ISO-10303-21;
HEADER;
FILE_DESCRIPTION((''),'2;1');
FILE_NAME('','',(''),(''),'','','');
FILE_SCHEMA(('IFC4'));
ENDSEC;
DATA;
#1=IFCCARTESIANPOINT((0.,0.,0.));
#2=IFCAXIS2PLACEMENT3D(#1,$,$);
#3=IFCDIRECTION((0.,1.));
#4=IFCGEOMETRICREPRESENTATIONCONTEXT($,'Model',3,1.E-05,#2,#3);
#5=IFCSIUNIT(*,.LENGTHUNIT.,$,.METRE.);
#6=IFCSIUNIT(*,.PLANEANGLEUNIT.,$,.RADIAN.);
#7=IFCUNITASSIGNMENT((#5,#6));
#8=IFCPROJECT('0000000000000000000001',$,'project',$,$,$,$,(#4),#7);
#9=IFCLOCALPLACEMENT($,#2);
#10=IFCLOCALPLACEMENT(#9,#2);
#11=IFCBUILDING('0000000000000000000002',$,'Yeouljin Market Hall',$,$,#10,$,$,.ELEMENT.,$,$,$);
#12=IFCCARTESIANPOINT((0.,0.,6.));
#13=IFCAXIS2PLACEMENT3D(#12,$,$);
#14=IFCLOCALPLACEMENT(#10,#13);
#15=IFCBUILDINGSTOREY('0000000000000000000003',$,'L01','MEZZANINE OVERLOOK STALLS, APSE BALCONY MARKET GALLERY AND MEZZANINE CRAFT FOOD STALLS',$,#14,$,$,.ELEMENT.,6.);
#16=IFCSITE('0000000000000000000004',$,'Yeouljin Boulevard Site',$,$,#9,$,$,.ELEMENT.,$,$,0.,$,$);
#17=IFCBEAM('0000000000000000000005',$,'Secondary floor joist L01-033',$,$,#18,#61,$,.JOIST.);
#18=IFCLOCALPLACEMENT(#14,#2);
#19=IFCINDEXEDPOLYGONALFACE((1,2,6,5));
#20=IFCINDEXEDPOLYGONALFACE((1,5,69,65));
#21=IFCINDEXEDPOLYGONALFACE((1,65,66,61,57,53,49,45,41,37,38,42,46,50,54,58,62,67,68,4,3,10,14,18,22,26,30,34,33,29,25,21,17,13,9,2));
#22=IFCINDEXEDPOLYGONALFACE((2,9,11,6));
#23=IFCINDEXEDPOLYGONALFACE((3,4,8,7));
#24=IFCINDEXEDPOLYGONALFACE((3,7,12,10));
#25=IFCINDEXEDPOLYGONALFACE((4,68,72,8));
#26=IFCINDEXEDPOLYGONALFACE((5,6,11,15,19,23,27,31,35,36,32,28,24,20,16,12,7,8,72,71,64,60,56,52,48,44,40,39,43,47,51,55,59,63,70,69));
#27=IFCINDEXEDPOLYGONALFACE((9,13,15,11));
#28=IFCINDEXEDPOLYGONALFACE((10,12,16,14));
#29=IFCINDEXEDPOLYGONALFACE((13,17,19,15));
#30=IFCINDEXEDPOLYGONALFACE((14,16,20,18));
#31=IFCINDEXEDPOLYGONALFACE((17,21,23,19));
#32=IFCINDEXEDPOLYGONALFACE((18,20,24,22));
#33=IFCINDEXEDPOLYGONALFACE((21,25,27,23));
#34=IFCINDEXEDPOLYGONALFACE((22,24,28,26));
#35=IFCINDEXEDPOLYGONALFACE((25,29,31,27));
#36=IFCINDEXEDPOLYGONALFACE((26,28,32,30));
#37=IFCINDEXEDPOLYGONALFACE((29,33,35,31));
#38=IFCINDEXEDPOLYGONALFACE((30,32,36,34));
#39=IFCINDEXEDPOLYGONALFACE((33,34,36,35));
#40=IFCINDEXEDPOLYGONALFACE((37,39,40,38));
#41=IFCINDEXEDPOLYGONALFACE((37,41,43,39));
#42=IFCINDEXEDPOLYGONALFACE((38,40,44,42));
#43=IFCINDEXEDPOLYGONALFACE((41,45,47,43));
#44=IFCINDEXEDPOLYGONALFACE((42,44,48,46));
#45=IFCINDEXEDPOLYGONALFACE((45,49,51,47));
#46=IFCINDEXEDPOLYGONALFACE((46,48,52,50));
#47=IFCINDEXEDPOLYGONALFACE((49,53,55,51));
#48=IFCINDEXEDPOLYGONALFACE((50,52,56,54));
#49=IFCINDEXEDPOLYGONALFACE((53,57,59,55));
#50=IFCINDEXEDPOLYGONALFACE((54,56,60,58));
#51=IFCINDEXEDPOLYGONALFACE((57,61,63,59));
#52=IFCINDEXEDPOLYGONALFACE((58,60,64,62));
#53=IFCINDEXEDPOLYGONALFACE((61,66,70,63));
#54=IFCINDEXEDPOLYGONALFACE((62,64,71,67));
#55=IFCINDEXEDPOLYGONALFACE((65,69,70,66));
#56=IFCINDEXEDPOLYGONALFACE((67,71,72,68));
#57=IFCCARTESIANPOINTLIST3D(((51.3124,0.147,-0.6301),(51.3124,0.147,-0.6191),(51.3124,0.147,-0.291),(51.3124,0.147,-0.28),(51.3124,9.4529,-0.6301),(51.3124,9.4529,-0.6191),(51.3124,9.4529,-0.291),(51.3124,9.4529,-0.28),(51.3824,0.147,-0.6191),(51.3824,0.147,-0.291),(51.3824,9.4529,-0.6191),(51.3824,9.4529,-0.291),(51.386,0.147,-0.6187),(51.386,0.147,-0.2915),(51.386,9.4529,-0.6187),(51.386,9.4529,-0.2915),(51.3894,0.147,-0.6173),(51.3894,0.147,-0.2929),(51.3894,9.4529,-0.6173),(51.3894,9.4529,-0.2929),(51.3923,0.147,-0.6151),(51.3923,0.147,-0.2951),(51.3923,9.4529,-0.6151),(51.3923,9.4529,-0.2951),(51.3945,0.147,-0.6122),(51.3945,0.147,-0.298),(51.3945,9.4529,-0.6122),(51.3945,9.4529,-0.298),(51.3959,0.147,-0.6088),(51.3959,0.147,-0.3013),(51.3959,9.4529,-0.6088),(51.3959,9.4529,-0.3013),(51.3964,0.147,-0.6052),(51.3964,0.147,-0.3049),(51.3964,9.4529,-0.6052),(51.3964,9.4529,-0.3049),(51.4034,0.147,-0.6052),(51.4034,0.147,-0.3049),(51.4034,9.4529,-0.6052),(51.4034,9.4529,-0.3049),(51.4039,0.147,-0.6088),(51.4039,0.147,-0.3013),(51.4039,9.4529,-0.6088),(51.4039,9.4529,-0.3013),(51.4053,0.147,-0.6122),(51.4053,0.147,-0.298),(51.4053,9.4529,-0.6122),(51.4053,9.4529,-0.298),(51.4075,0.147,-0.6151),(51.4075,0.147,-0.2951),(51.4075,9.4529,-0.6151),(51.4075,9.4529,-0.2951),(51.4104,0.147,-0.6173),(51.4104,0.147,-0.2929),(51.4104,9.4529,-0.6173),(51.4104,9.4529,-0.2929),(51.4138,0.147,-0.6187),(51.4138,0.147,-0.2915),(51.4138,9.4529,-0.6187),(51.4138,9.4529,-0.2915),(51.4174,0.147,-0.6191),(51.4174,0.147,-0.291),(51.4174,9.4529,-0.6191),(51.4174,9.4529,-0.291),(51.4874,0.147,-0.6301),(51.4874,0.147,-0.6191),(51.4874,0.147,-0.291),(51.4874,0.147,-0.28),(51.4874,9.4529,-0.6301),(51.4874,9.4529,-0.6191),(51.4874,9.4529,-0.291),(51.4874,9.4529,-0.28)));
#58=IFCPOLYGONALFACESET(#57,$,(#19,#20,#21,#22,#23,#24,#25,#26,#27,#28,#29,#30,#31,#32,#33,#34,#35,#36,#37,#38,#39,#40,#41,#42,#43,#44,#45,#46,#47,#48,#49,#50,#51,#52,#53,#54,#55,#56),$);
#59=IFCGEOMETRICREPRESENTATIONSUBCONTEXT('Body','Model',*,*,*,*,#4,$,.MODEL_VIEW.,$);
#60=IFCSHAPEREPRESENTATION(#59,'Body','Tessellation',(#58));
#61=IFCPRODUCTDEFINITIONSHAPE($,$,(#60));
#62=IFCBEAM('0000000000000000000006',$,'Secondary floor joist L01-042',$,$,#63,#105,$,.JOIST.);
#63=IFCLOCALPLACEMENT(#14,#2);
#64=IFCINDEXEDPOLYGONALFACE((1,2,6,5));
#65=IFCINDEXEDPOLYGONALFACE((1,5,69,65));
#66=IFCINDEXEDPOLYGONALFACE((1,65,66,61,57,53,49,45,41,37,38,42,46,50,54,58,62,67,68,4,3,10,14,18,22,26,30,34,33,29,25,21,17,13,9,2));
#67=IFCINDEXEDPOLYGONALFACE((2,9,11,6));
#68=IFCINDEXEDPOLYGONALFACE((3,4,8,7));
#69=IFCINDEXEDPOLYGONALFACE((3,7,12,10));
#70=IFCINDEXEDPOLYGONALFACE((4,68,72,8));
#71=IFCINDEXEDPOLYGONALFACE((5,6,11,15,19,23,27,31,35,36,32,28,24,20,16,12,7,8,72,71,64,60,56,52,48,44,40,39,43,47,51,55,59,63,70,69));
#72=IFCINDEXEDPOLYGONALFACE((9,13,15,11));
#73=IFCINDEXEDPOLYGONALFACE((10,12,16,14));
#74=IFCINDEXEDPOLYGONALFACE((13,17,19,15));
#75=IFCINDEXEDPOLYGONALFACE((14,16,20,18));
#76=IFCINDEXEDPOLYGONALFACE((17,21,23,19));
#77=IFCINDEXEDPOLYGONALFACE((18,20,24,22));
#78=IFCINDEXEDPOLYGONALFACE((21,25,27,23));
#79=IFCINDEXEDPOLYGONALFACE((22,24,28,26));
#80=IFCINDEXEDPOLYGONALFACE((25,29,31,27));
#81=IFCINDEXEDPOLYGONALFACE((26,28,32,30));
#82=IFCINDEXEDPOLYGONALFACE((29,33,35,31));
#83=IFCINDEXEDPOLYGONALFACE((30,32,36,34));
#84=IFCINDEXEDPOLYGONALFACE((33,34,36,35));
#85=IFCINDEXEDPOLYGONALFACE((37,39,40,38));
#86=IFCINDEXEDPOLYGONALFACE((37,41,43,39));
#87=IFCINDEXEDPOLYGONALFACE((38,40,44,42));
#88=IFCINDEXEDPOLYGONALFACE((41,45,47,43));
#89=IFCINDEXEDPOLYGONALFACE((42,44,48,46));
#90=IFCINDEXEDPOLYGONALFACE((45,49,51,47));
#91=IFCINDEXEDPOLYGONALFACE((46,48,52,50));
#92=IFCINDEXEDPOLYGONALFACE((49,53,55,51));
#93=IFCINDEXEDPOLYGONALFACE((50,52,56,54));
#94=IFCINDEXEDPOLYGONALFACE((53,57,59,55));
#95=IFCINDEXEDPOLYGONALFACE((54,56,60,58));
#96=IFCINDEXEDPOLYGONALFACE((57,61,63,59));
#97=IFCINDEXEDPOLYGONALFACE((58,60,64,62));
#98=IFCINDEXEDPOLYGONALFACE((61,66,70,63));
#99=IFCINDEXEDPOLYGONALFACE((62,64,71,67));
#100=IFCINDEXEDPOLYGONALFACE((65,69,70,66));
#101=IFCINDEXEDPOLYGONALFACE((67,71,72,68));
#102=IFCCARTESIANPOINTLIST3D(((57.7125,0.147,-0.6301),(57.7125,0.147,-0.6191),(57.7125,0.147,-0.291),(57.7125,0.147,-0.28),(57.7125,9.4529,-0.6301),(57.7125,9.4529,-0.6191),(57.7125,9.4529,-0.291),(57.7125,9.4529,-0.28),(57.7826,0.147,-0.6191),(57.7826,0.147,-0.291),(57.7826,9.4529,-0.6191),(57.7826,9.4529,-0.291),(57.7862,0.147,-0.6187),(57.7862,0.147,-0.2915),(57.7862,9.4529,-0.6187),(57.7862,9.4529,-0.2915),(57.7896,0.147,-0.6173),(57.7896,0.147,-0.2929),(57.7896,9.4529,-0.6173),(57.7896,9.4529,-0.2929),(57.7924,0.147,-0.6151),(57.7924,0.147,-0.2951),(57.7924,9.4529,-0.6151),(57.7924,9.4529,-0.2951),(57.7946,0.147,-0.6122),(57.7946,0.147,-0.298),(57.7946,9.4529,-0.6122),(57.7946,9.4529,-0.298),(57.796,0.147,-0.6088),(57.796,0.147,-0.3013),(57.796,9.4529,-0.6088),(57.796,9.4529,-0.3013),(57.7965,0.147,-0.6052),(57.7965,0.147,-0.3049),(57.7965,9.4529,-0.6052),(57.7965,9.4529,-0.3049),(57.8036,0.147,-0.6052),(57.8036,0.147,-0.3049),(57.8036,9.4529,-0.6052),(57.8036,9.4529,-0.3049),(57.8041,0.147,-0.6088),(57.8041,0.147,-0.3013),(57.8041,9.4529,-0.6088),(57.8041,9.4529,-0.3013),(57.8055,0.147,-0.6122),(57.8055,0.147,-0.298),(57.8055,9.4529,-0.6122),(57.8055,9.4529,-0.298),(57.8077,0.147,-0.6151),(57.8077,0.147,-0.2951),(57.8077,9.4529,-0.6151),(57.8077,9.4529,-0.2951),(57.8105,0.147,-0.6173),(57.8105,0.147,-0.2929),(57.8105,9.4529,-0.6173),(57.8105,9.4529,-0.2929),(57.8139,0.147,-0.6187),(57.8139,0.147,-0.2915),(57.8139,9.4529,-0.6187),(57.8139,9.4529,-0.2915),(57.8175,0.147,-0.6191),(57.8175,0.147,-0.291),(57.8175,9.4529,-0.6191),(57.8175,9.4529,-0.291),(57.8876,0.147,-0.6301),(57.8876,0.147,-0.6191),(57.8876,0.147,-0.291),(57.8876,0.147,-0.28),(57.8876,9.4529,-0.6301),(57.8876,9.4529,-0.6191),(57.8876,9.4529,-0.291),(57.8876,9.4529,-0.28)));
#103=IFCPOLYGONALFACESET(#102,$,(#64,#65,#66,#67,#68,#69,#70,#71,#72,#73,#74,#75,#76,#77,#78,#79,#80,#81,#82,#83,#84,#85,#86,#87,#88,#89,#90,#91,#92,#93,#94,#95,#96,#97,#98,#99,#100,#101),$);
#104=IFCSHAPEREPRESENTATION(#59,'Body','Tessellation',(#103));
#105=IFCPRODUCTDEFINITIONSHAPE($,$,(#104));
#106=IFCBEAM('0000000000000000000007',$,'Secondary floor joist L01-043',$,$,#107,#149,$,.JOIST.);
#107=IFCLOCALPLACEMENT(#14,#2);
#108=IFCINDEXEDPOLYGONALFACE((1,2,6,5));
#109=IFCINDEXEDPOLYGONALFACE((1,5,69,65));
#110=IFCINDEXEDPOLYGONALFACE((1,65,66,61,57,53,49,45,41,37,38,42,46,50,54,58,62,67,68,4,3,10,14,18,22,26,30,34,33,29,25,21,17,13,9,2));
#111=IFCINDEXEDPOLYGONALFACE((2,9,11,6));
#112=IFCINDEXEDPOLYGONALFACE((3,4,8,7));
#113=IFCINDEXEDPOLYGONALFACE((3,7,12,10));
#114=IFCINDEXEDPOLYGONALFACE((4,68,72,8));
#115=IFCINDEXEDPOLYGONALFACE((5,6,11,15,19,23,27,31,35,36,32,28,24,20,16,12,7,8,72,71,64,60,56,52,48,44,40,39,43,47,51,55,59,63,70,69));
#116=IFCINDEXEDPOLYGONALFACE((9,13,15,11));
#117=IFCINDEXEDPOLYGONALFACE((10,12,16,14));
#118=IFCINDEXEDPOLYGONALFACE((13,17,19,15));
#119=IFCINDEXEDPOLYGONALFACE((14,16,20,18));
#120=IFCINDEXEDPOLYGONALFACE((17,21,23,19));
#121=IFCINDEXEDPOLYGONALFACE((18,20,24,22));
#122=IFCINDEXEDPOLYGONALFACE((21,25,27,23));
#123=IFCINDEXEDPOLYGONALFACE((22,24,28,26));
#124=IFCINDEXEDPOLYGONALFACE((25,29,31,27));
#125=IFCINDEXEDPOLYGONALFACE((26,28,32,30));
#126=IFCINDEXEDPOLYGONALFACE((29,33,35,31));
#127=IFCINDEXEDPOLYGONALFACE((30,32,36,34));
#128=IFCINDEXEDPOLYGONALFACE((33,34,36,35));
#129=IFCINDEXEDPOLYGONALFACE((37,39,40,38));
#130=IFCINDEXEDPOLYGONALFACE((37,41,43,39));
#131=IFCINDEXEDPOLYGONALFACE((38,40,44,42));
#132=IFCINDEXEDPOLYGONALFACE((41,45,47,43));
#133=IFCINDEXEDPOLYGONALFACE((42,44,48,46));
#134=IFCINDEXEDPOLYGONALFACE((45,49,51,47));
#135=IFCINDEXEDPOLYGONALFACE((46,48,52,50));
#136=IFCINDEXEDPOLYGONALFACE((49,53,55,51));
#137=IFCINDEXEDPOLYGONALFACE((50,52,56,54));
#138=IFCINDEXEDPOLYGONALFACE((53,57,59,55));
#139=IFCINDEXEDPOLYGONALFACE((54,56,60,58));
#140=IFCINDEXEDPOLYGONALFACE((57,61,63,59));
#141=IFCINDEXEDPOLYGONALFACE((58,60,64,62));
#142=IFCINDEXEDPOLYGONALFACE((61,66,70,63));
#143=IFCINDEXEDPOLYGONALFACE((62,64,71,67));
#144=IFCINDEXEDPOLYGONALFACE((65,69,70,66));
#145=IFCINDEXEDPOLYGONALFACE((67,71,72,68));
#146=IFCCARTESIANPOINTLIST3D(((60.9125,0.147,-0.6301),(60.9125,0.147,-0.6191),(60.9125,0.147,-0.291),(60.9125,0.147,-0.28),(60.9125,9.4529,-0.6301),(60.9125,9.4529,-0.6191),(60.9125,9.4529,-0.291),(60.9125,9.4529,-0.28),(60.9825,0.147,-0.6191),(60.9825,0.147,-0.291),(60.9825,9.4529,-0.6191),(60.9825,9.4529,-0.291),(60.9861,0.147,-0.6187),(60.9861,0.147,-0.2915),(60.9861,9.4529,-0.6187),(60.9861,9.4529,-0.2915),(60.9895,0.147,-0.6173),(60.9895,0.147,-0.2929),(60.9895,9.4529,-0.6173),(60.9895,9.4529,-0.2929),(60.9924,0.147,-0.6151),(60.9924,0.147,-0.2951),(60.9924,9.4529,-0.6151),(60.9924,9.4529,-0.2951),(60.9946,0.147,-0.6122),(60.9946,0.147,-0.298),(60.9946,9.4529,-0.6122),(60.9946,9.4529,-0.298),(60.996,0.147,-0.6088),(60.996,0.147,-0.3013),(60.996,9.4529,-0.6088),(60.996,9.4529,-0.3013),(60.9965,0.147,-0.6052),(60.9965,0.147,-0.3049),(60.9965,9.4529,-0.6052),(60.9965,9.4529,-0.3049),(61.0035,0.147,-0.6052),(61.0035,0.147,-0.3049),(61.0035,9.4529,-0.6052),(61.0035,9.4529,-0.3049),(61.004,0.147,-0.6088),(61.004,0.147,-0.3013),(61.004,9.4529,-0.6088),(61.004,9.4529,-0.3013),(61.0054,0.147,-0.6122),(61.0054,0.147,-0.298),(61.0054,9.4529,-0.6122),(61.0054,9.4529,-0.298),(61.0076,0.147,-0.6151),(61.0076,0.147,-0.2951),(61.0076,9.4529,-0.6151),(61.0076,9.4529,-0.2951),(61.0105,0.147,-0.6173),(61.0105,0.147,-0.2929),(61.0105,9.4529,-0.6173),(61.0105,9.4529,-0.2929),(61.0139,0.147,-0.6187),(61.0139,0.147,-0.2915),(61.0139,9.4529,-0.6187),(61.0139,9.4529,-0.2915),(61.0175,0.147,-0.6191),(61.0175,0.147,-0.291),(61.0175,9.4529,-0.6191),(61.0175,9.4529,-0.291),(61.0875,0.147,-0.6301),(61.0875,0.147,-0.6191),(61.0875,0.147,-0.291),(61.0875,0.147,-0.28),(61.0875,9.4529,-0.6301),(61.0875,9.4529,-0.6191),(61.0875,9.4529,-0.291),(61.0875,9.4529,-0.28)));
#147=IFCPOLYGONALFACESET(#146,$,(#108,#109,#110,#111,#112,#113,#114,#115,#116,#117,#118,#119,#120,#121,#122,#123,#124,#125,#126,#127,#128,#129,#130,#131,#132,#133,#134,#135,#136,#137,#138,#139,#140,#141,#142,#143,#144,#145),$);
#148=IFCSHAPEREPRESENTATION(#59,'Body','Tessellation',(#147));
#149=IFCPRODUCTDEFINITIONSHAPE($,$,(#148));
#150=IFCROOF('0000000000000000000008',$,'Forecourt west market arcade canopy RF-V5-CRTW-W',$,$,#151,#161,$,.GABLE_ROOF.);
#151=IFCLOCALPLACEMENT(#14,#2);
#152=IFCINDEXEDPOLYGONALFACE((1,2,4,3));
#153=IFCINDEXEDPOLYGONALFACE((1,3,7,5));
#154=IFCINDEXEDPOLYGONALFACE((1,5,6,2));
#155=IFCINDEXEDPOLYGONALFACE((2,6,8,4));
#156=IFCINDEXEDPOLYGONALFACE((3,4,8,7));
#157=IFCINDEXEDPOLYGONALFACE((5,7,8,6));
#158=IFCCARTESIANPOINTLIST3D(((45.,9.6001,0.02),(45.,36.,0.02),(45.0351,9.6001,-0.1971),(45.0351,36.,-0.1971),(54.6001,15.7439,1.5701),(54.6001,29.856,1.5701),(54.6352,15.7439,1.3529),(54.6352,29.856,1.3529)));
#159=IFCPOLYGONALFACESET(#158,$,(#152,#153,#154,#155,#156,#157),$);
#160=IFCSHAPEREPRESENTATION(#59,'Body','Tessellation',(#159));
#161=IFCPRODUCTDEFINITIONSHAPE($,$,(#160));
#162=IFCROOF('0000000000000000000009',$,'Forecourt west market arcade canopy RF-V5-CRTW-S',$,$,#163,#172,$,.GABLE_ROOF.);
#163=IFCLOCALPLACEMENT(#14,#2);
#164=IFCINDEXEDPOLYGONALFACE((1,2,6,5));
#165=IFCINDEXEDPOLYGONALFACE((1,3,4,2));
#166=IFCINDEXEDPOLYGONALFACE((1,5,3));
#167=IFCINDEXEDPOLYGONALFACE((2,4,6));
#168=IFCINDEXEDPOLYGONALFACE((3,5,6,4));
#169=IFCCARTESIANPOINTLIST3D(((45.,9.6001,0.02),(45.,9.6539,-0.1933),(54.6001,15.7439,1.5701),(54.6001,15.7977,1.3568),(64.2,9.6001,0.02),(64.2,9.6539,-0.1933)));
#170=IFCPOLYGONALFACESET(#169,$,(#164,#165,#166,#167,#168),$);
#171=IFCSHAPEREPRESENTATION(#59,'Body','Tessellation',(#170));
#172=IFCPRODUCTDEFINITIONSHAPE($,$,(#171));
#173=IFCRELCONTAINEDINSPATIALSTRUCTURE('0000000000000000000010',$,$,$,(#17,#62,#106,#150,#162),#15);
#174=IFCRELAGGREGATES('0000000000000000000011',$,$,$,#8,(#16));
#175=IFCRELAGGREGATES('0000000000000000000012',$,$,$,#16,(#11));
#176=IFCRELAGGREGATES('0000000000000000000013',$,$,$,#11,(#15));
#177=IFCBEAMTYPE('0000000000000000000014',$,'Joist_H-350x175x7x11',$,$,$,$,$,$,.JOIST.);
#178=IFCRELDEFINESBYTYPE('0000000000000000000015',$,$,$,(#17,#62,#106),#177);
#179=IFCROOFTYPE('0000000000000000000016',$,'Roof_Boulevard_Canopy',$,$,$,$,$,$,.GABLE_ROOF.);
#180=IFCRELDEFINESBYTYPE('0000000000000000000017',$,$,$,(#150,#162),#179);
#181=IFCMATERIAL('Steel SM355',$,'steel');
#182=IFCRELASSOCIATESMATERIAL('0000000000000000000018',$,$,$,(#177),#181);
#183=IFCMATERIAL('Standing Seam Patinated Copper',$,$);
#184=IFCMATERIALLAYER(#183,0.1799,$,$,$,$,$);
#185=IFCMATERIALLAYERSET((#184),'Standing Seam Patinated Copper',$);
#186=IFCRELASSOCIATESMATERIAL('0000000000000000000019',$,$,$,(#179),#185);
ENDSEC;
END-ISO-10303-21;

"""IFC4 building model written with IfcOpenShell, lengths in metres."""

from ifc_helpers import new_model, si_unit, direction, frame, origin, origin_2d, place, context, subcontext, project, spatial, polyline, i_section, outline, extrude, material, layer, layer_set, material_profile, profile_set, type_object, element, save


model = new_model("IFC4")

# Units and contexts
model_context = context("Model", 3, precision=1e-05, world=origin(), true_north=direction((0.0, 1.0)))
body_context = subcontext(model_context, "Body", "Model", "MODEL_VIEW")
ifc_project = project(units=[si_unit("LENGTHUNIT", "METRE"), si_unit("PLANEANGLEUNIT", "RADIAN")], contexts=[model_context])

# Site, building, storey
site_placement = place(None, origin())
site = spatial("IfcSite", under=ifc_project, at=site_placement, Name="Yeouljin Boulevard Site", CompositionType="ELEMENT", RefElevation=0.0)
building_placement = place(site_placement, origin())
building = spatial("IfcBuilding", under=site, at=building_placement, Name="Yeouljin Market Hall", CompositionType="ELEMENT")
storey_placement = place(building_placement, frame((0.0, 0.0, 6.0)))
storey = spatial("IfcBuildingStorey", under=building, at=storey_placement, Name="L01", Description="MEZZANINE OVERLOOK STALLS, APSE BALCONY MARKET GALLERY AND MEZZANINE CRAFT FOOD STALLS", CompositionType="ELEMENT", Elevation=6.0)

# Beams
ifc_material_1 = material(Name="Steel SM355", Category="steel")
ifc_material_profile_1 = material_profile(ifc_material_1, i_section(OverallWidth=0.175, OverallDepth=0.3501, WebThickness=0.0071, FlangeThickness=0.011, FilletRadius=0.0139, at=origin_2d()), Name="H-350x175x7x11")
ifc_profile_set_1 = profile_set([ifc_material_profile_1], Name="Steel SM355")
beam_type_1 = type_object("IfcBeamType", Name="Joist_H-350x175x7x11", PredefinedType="JOIST", material=ifc_profile_set_1)
for number, where, z_axis, x_axis, name in (
    (1, (51.3999, 0.147, -0.4551), (0.0, 1.0, 0.0), (-1.0, 0.0, 0.0), "Secondary floor joist L01-033"),
    (2, (57.8, 0.147, -0.4551), (0.0, 1.0, 0.0), (-1.0, 0.0, 0.0), "Secondary floor joist L01-042"),
    (3, (61.0, 0.147, -0.4551), (0.0, 1.0, 0.0), (-1.0, 0.0, 0.0), "Secondary floor joist L01-043"),
):
    element("IfcBeam", number, at=place(storey_placement, frame(where, z_axis=z_axis, x_axis=x_axis)), inside=storey, type_object=beam_type_1, Name=name, PredefinedType="JOIST", context=body_context, shape_type="SweptSolid", body=[
        extrude(i_section(OverallWidth=0.175, OverallDepth=0.3501, WebThickness=0.0071, FlangeThickness=0.011, FilletRadius=0.0139, at=origin_2d()), origin(), (0.0, 0.0, 1.0), 9.3059),
    ])

# Roofs
ifc_material_2 = material(Name="Standing Seam Patinated Copper")
ifc_layer = layer(ifc_material_2, 0.1799)
ifc_layer_set = layer_set([ifc_layer], Name="Standing Seam Patinated Copper")
roof_type = type_object("IfcRoofType", Name="Roof_Boulevard_Canopy", PredefinedType="GABLE_ROOF", material=ifc_layer_set)
roof_1_placement = place(storey_placement, frame((45.0, 36.0, 0.02), z_axis=(-0.159397, 0.0, 0.987214), x_axis=(0.0, -1.0, 0.0)))
element("IfcRoof", 4, at=roof_1_placement, inside=storey, type_object=roof_type, Name="Forecourt west market arcade canopy RF-V5-CRTW-W", PredefinedType="GABLE_ROOF", context=body_context, shape_type="SweptSolid", body=[
    extrude(outline(polyline([(0.0, 0.0), (26.3999, 0.0), (20.2561, 9.7244), (6.144, 9.7244), (0.0, 0.0)])), origin(), (0.0, 0.0, -1.0), 0.22),
])
roof_2_placement = place(storey_placement, frame((45.0, 9.6001, 0.02), z_axis=(0.0, -0.244629, 0.969617), x_axis=(1.0, 0.0, 0.0)))
element("IfcRoof", 5, at=roof_2_placement, inside=storey, type_object=roof_type, Name="Forecourt west market arcade canopy RF-V5-CRTW-S", PredefinedType="GABLE_ROOF", context=body_context, shape_type="SweptSolid", body=[
    extrude(outline(polyline([(0.0, 0.0), (19.2, 0.0), (9.6001, 6.3363), (0.0, 0.0)])), origin(), (0.0, 0.0, -1.0), 0.22),
])

save(model, "model.ifc")
